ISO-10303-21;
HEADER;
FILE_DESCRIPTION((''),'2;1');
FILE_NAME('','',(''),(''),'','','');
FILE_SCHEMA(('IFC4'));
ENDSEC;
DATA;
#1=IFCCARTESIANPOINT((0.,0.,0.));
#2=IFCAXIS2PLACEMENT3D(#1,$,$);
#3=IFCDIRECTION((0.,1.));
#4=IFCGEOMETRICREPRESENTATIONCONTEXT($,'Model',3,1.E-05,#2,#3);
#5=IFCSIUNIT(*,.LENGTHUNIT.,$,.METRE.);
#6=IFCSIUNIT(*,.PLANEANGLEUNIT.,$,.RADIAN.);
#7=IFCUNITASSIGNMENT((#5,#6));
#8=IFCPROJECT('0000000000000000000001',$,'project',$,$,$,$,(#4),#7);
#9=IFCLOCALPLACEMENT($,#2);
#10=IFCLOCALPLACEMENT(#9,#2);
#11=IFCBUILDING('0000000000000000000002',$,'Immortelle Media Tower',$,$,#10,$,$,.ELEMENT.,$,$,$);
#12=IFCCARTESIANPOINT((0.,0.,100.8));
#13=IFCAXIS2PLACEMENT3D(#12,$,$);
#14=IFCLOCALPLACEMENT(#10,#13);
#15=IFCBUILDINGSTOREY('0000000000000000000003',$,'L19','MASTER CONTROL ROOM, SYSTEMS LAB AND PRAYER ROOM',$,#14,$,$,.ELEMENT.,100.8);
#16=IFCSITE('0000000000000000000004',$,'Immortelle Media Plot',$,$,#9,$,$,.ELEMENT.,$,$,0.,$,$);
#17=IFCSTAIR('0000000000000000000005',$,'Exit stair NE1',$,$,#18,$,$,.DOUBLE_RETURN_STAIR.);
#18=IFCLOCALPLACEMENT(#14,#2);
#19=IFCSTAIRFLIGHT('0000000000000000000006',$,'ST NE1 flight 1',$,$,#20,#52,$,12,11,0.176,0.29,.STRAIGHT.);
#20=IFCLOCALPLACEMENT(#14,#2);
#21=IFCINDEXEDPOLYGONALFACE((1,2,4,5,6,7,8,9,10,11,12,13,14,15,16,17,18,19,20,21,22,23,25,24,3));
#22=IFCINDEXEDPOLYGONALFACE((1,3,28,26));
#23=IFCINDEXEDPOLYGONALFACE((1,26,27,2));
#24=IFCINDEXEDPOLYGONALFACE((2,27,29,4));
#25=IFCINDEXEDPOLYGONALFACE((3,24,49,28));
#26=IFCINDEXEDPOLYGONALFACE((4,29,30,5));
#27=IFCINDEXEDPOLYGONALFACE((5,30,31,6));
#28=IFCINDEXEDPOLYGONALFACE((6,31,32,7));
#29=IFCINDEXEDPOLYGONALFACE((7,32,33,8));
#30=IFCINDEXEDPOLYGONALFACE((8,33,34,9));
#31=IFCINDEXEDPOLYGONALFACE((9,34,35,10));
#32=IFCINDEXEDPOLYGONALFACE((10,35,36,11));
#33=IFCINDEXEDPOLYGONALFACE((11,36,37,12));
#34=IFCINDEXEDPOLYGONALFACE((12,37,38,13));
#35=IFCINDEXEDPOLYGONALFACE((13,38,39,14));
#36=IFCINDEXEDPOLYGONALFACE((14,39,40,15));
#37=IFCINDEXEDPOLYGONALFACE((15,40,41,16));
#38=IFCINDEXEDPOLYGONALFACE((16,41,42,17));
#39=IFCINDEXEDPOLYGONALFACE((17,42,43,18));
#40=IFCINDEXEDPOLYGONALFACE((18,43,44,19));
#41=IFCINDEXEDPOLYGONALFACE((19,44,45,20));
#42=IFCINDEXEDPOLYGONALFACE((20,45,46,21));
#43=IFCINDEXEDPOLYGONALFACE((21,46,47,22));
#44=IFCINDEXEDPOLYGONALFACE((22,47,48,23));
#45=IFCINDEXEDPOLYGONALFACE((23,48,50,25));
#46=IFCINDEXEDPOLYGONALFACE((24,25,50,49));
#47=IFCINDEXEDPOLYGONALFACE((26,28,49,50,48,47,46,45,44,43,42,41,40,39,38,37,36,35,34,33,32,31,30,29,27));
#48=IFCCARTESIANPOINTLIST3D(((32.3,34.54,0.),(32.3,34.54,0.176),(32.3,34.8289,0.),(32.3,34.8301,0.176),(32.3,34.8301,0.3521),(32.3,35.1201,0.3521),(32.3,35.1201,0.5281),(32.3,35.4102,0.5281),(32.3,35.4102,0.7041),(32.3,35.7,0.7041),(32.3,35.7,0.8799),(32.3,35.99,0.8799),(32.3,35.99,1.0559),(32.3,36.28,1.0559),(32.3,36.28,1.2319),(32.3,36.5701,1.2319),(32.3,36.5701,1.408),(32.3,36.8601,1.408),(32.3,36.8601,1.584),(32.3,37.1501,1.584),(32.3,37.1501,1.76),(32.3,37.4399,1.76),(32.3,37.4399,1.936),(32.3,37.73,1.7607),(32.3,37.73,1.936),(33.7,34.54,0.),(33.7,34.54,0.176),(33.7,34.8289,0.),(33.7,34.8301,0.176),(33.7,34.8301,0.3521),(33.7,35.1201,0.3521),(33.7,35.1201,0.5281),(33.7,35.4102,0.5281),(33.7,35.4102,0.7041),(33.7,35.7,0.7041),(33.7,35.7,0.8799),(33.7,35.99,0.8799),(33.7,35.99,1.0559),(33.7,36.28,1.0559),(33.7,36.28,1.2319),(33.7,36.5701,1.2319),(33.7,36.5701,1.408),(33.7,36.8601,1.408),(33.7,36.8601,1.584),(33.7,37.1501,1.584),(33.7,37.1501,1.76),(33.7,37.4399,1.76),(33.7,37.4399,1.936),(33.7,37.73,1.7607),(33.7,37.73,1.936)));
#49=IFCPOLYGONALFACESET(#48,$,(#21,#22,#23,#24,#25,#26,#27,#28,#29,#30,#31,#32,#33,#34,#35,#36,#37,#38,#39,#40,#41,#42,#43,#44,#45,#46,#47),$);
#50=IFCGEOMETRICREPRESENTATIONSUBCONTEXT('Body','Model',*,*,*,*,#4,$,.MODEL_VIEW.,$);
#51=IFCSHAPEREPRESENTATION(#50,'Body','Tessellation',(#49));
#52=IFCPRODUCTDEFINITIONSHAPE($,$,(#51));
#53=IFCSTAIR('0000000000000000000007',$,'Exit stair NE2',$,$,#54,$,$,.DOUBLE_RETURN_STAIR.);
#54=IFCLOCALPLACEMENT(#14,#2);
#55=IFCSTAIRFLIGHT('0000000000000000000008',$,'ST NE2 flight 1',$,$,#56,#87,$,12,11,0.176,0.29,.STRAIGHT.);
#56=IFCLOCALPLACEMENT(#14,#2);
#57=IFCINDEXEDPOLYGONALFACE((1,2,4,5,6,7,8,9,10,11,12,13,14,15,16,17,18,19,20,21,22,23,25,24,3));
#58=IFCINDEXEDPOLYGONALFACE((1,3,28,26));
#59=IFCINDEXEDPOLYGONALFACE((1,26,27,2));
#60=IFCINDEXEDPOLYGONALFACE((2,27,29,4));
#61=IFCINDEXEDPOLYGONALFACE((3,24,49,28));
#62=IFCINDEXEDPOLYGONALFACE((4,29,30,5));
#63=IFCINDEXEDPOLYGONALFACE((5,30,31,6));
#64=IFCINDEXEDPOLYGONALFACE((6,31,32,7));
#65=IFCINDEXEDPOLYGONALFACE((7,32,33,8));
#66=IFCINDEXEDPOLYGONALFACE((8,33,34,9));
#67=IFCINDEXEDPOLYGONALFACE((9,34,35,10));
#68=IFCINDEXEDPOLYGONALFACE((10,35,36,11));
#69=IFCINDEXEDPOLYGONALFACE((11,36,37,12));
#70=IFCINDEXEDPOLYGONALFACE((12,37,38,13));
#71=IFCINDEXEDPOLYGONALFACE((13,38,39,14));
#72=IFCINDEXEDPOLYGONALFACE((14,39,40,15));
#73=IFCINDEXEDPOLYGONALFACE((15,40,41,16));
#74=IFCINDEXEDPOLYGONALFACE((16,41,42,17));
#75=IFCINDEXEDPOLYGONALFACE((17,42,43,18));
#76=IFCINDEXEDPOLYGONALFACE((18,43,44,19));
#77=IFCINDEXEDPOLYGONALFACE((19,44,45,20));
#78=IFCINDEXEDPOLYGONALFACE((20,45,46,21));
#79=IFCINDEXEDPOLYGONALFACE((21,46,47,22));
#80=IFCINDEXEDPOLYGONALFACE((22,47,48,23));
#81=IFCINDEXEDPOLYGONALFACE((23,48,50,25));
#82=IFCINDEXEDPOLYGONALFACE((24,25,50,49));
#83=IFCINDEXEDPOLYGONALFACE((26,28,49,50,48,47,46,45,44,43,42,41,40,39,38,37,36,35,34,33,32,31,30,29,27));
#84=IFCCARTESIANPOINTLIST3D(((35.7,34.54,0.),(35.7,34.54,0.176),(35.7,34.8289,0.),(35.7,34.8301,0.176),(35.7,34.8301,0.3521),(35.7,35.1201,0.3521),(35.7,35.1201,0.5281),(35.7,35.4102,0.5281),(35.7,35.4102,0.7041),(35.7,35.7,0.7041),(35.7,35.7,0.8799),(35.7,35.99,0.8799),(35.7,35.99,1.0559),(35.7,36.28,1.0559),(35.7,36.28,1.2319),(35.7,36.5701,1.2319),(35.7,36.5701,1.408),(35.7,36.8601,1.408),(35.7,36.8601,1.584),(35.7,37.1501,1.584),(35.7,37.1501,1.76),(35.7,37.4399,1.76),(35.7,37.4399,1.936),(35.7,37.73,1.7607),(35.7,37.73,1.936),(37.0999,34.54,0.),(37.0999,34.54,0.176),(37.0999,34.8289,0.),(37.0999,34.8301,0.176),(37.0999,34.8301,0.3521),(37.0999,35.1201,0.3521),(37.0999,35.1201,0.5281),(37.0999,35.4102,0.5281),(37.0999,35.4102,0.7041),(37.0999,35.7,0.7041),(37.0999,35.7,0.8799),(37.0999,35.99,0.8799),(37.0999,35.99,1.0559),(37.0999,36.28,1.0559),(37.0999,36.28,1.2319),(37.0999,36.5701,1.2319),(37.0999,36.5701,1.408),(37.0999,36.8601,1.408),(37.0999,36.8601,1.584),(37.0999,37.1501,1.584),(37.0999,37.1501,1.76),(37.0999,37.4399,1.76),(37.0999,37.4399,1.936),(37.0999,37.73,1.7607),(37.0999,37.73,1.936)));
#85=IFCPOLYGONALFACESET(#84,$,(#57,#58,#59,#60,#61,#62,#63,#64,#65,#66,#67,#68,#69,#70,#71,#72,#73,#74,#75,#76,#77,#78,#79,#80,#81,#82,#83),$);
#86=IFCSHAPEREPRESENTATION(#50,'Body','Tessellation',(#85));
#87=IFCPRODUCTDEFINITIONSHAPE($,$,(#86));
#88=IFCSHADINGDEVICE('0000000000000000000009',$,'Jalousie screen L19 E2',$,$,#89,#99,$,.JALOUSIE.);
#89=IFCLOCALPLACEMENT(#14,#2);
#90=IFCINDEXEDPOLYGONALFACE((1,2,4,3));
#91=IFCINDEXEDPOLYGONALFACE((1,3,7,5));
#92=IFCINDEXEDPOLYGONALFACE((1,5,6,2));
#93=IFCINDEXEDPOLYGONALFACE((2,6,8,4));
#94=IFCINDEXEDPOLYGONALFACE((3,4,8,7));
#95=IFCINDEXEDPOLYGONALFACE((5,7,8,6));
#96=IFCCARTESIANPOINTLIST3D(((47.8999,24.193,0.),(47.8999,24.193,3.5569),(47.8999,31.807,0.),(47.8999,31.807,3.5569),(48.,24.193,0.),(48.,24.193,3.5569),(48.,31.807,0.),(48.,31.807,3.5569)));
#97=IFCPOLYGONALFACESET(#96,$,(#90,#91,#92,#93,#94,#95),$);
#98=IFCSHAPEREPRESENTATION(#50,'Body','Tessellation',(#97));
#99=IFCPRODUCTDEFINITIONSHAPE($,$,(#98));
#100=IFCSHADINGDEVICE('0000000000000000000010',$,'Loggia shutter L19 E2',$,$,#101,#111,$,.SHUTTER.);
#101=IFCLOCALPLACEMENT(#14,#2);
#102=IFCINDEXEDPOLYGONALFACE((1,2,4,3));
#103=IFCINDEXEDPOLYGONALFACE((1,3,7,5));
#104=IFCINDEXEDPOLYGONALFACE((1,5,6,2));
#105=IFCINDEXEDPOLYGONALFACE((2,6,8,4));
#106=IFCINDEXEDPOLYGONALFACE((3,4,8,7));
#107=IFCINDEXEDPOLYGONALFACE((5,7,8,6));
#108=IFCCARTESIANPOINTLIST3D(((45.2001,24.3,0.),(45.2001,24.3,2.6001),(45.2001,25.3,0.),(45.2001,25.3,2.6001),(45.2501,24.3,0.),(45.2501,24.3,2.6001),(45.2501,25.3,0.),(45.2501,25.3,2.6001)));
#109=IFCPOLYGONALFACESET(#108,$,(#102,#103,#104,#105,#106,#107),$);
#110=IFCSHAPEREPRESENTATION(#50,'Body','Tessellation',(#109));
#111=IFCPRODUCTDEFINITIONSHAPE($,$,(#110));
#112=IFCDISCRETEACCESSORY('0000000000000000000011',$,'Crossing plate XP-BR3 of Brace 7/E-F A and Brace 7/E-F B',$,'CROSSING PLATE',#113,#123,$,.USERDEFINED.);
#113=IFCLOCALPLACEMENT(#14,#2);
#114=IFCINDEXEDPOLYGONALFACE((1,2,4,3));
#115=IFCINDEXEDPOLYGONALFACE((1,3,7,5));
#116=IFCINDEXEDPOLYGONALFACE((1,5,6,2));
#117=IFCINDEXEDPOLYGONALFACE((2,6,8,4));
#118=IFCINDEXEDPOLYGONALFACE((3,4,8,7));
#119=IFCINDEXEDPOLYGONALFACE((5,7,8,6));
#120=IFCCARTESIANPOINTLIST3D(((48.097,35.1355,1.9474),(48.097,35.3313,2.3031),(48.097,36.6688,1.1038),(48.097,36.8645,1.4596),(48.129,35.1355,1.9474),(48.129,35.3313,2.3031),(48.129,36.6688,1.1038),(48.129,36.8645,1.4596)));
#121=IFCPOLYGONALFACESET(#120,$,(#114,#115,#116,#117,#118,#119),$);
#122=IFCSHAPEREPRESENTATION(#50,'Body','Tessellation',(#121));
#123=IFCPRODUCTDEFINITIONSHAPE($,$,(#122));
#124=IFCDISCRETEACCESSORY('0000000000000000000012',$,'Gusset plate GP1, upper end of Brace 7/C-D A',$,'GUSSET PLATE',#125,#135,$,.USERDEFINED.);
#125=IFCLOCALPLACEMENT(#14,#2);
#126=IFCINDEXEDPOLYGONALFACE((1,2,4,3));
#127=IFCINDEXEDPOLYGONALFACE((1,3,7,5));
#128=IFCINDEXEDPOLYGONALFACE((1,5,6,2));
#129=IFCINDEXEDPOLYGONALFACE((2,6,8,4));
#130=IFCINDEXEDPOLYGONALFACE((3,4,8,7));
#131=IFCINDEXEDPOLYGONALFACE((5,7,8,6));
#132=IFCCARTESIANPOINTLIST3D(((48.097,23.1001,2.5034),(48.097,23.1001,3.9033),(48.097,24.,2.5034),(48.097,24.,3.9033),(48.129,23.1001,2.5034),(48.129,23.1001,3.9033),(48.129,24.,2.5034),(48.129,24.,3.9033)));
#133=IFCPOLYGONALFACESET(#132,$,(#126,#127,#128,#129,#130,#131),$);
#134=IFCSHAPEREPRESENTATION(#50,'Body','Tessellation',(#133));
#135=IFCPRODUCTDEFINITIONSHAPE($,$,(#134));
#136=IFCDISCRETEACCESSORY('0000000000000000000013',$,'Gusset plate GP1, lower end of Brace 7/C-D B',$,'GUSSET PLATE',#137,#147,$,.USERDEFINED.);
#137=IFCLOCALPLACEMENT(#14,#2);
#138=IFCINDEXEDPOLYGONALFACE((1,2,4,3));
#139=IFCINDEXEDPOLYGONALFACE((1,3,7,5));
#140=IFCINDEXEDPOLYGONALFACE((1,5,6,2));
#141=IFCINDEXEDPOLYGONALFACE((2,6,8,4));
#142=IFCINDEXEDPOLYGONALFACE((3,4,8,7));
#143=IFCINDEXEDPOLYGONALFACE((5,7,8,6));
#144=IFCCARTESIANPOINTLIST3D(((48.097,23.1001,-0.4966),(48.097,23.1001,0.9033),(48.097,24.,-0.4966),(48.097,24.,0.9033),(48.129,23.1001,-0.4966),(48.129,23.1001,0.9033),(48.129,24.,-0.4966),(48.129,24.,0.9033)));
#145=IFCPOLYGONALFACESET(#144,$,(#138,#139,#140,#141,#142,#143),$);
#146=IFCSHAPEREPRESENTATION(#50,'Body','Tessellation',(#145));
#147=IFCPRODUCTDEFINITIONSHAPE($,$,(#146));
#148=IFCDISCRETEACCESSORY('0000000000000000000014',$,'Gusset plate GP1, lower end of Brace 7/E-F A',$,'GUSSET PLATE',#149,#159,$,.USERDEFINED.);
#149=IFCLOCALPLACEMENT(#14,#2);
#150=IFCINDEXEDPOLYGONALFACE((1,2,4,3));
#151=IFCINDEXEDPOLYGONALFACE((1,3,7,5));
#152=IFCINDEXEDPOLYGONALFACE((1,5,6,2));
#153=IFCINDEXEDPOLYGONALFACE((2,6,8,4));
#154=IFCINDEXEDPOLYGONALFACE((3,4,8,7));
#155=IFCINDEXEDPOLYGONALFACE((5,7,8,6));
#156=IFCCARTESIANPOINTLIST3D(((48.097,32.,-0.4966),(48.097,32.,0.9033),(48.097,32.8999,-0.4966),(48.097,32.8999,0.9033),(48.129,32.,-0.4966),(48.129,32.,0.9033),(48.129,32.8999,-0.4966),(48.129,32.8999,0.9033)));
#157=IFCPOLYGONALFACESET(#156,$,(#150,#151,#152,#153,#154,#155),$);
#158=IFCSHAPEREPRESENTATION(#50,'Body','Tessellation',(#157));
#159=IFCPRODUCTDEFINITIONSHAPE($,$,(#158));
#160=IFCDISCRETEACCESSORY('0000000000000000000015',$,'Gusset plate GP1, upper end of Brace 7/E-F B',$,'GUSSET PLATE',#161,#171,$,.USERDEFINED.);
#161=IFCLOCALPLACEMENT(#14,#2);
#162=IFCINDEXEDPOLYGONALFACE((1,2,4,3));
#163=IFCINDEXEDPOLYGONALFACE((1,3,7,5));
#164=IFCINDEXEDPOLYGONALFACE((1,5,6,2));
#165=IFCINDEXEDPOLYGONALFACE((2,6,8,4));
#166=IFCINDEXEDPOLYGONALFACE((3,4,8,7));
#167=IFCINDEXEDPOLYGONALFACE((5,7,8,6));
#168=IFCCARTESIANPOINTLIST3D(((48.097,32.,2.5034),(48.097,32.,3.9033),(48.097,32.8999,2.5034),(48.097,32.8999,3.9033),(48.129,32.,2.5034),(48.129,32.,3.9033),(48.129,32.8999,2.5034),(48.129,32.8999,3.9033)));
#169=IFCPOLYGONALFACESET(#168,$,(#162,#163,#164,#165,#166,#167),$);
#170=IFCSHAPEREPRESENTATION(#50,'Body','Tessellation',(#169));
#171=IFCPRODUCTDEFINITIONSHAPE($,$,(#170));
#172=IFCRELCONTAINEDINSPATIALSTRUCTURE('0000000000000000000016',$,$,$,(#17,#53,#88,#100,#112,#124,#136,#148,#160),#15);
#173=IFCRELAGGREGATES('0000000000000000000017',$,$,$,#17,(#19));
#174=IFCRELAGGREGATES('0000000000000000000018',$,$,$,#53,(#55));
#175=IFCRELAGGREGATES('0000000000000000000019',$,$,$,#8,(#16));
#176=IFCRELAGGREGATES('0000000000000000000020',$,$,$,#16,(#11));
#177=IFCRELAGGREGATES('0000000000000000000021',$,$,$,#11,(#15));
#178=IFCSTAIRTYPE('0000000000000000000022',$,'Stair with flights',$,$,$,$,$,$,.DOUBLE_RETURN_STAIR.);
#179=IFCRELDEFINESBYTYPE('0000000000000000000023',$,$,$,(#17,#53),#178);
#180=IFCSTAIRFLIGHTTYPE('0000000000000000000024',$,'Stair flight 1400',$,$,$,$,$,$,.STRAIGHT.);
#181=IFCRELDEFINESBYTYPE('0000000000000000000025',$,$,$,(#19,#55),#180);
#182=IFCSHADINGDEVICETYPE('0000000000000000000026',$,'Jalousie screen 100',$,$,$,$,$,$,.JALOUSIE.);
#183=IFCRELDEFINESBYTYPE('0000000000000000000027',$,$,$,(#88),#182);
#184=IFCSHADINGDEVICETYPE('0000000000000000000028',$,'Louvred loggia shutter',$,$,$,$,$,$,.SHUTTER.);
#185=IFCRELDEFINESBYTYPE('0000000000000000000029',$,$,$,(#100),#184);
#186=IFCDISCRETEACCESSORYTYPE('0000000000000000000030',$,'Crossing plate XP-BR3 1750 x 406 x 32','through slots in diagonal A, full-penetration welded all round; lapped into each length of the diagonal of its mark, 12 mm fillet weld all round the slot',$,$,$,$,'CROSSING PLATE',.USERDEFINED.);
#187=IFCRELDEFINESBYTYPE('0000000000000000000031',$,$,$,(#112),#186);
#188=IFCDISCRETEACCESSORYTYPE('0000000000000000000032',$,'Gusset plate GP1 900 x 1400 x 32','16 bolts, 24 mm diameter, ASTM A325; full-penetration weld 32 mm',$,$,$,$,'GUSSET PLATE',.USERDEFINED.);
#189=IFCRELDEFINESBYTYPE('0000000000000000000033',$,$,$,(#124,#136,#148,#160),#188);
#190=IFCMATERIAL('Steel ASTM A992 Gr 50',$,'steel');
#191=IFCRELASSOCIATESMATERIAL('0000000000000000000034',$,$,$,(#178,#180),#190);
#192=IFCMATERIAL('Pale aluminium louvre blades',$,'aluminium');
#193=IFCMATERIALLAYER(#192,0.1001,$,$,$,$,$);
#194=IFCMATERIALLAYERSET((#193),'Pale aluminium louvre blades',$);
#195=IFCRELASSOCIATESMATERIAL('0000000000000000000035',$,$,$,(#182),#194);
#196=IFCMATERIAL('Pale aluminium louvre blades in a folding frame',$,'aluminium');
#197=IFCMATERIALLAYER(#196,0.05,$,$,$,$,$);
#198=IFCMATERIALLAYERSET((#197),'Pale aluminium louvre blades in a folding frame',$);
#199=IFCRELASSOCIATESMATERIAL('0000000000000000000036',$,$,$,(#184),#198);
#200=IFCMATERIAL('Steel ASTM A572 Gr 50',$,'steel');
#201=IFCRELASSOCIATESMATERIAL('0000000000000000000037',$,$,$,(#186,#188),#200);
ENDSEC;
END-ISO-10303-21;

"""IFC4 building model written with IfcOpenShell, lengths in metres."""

from ifc_helpers import new_model, si_unit, direction, frame, origin, origin_2d, place, context, subcontext, project, spatial, polyline, rectangle, outline, extrude, material, layer, layer_set, material_profile, profile_set, type_object, element, aggregate, save


model = new_model("IFC4")

# Units and contexts
model_context = context("Model", 3, precision=1e-05, world=origin(), true_north=direction((0.0, 1.0)))
body_context = subcontext(model_context, "Body", "Model", "MODEL_VIEW")
ifc_project = project(units=[si_unit("LENGTHUNIT", "METRE"), si_unit("PLANEANGLEUNIT", "RADIAN")], contexts=[model_context])

# Site, building, storey
site_placement = place(None, origin())
site = spatial("IfcSite", under=ifc_project, at=site_placement, Name="Immortelle Media Plot", CompositionType="ELEMENT", RefElevation=0.0)
building_placement = place(site_placement, origin())
building = spatial("IfcBuilding", under=site, at=building_placement, Name="Immortelle Media Tower", CompositionType="ELEMENT")
storey_placement = place(building_placement, frame((0.0, 0.0, 100.8)))
storey = spatial("IfcBuildingStorey", under=building, at=storey_placement, Name="L19", Description="MASTER CONTROL ROOM, SYSTEMS LAB AND PRAYER ROOM", CompositionType="ELEMENT", Elevation=100.8)

# Shared definitions
ifc_material_1 = material(Name="Steel ASTM A992 Gr 50", Category="steel")

# Stairs, stair flights
stair_type = type_object("IfcStairType", Name="Stair with flights", PredefinedType="DOUBLE_RETURN_STAIR", material=ifc_material_1)
stair_1_placement = place(storey_placement, origin())
stair_1 = element("IfcStair", 1, at=stair_1_placement, inside=storey, type_object=stair_type, Name="Exit stair NE1", PredefinedType="DOUBLE_RETURN_STAIR")
stair_flight_type = type_object("IfcStairFlightType", Name="Stair flight 1400", PredefinedType="STRAIGHT", material=ifc_material_1)
stair_flight_1_placement = place(storey_placement, frame((33.0, 34.54, 0.0), z_axis=(0.0, 0.0, 1.0), x_axis=(0.0, 1.0, 0.0)))
stair_flight_1 = element("IfcStairFlight", 2, at=stair_flight_1_placement, type_object=stair_flight_type, Name="ST NE1 flight 1", NumberOfRisers=12, NumberOfTreads=11, PredefinedType="STRAIGHT", RiserHeight=0.176, TreadLength=0.29, context=body_context, shape_type="SweptSolid", body=[
    extrude(outline(polyline([(0.0, 0.0), (0.0, 0.176), (0.29, 0.176), (0.29, 0.3521), (0.5801, 0.3521), (0.5801, 0.5281), (0.8701, 0.5281), (0.8701, 0.7041), (1.1599, 0.7041), (1.1599, 0.8799), (1.45, 0.8799), (1.45, 1.0559), (1.74, 1.0559), (1.74, 1.2319), (2.03, 1.2319), (2.03, 1.408), (2.3201, 1.408), (2.3201, 1.584), (2.6101, 1.584), (2.6101, 1.76), (2.8999, 1.76), (2.8999, 1.936), (3.1899, 1.936), (3.1899, 2.1121), (3.1899, 1.7607), (0.2888, 0.0), (0.0, 0.0)])), frame((0.0, 0.7, 0.0), z_axis=(0.0, -1.0, 0.0), x_axis=(1.0, 0.0, 0.0)), (0.0, 0.0, 1.0), 1.3999),
])
aggregate(stair_1, [stair_flight_1])
stair_2_placement = place(storey_placement, origin())
stair_2 = element("IfcStair", 3, at=stair_2_placement, inside=storey, type_object=stair_type, Name="Exit stair NE2", PredefinedType="DOUBLE_RETURN_STAIR")
stair_flight_2_placement = place(storey_placement, frame((36.3999, 34.54, 0.0), z_axis=(0.0, 0.0, 1.0), x_axis=(0.0, 1.0, 0.0)))
stair_flight_2 = element("IfcStairFlight", 4, at=stair_flight_2_placement, type_object=stair_flight_type, Name="ST NE2 flight 1", NumberOfRisers=12, NumberOfTreads=11, PredefinedType="STRAIGHT", RiserHeight=0.176, TreadLength=0.29, context=body_context, shape_type="SweptSolid", body=[
    extrude(outline(polyline([(0.0, 0.0), (0.0, 0.176), (0.29, 0.176), (0.29, 0.3521), (0.5801, 0.3521), (0.5801, 0.5281), (0.8701, 0.5281), (0.8701, 0.7041), (1.1599, 0.7041), (1.1599, 0.8799), (1.45, 0.8799), (1.45, 1.0559), (1.74, 1.0559), (1.74, 1.2319), (2.03, 1.2319), (2.03, 1.408), (2.3201, 1.408), (2.3201, 1.584), (2.6101, 1.584), (2.6101, 1.76), (2.8999, 1.76), (2.8999, 1.936), (3.1899, 1.936), (3.1899, 2.1121), (3.1899, 1.7607), (0.2888, 0.0), (0.0, 0.0)])), frame((0.0, 0.7, 0.0), z_axis=(0.0, -1.0, 0.0), x_axis=(1.0, 0.0, 0.0)), (0.0, 0.0, 1.0), 1.3999),
])
aggregate(stair_2, [stair_flight_2])

# Shading devices
ifc_material_2 = material(Name="Pale aluminium louvre blades", Category="aluminium")
ifc_layer_1 = layer(ifc_material_2, 0.1001)
ifc_layer_set_1 = layer_set([ifc_layer_1], Name="Pale aluminium louvre blades")
shading_device_type_1 = type_object("IfcShadingDeviceType", Name="Jalousie screen 100", PredefinedType="JALOUSIE", material=ifc_layer_set_1)
shading_device_1_placement = place(storey_placement, frame((47.95, 28.0, 0.0), z_axis=(0.0, 0.0, 1.0), x_axis=(0.0, 1.0, 0.0)))
element("IfcShadingDevice", 5, at=shading_device_1_placement, inside=storey, type_object=shading_device_type_1, Name="Jalousie screen L19 E2", PredefinedType="JALOUSIE", context=body_context, shape_type="SweptSolid", body=[
    extrude(rectangle(XDim=7.614, YDim=0.1001, at=origin_2d()), origin(), (0.0, 0.0, 1.0), 3.5569),
])
ifc_material_3 = material(Name="Pale aluminium louvre blades in a folding frame", Category="aluminium")
ifc_layer_2 = layer(ifc_material_3, 0.05)
ifc_layer_set_2 = layer_set([ifc_layer_2], Name="Pale aluminium louvre blades in a folding frame")
shading_device_type_2 = type_object("IfcShadingDeviceType", Name="Louvred loggia shutter", PredefinedType="SHUTTER", material=ifc_layer_set_2)
shading_device_2_placement = place(storey_placement, frame((45.2251, 24.8, 0.0), z_axis=(0.0, 0.0, 1.0), x_axis=(0.0, 1.0, 0.0)))
element("IfcShadingDevice", 6, at=shading_device_2_placement, inside=storey, type_object=shading_device_type_2, Name="Loggia shutter L19 E2", PredefinedType="SHUTTER", context=body_context, shape_type="SweptSolid", body=[
    extrude(rectangle(XDim=1.0, YDim=0.05, at=origin_2d()), origin(), (0.0, 0.0, 1.0), 2.6001),
])

# Discrete accessories
ifc_material_4 = material(Name="Steel ASTM A572 Gr 50", Category="steel")
ifc_material_profile_1 = material_profile(ifc_material_4, rectangle(XDim=0.032, YDim=0.406, at=origin_2d()), Name="PL 32 x 406")
ifc_profile_set_1 = profile_set([ifc_material_profile_1], Name="Steel ASTM A572 Gr 50")
discrete_accessory_type_1 = type_object("IfcDiscreteAccessoryType", Name="Crossing plate XP-BR3 1750 x 406 x 32", Description="through slots in diagonal A, full-penetration welded all round; lapped into each length of the diagonal of its mark, 12 mm fillet weld all round the slot", ElementType="CROSSING PLATE", PredefinedType="USERDEFINED", material=ifc_profile_set_1)
discrete_accessory_placement = place(storey_placement, frame((48.113, 35.2334, 2.1252), z_axis=(0.0, 0.876157, -0.482026), x_axis=(-1.0, 0.0, 0.0)))
element("IfcDiscreteAccessory", 7, at=discrete_accessory_placement, inside=storey, type_object=discrete_accessory_type_1, Name="Crossing plate XP-BR3 of Brace 7/E-F A and Brace 7/E-F B", ObjectType="CROSSING PLATE", PredefinedType="USERDEFINED", context=body_context, shape_type="SweptSolid", body=[
    extrude(rectangle(XDim=0.032, YDim=0.406, at=origin_2d()), origin(), (0.0, 0.0, 1.0), 1.75),
])
ifc_material_profile_2 = material_profile(ifc_material_4, rectangle(XDim=0.032, YDim=1.3999, at=origin_2d()), Name="PL 32 x 1400")
ifc_profile_set_2 = profile_set([ifc_material_profile_2], Name="Steel ASTM A572 Gr 50")
discrete_accessory_type_2 = type_object("IfcDiscreteAccessoryType", Name="Gusset plate GP1 900 x 1400 x 32", Description="16 bolts, 24 mm diameter, ASTM A325; full-penetration weld 32 mm", ElementType="GUSSET PLATE", PredefinedType="USERDEFINED", material=ifc_profile_set_2)
for number, where, z_axis, x_axis, name in (
    (8, (48.113, 24.0, 3.2034), (0.0, -1.0, 0.0), (1.0, 0.0, 0.0), "Gusset plate GP1, upper end of Brace 7/C-D A"),
    (9, (48.113, 24.0, 0.2034), (0.0, -1.0, 0.0), (1.0, 0.0, 0.0), "Gusset plate GP1, lower end of Brace 7/C-D B"),
    (10, (48.113, 32.0, 0.2034), (0.0, 1.0, 0.0), (-1.0, 0.0, 0.0), "Gusset plate GP1, lower end of Brace 7/E-F A"),
    (11, (48.113, 32.0, 3.2034), (0.0, 1.0, 0.0), (-1.0, 0.0, 0.0), "Gusset plate GP1, upper end of Brace 7/E-F B"),
):
    element("IfcDiscreteAccessory", number, at=place(storey_placement, frame(where, z_axis=z_axis, x_axis=x_axis)), inside=storey, type_object=discrete_accessory_type_2, Name=name, ObjectType="GUSSET PLATE", PredefinedType="USERDEFINED", context=body_context, shape_type="SweptSolid", body=[
        extrude(rectangle(XDim=0.032, YDim=1.3999, at=origin_2d()), origin(), (0.0, 0.0, 1.0), 0.8999),
    ])

save(model, "model.ifc")
